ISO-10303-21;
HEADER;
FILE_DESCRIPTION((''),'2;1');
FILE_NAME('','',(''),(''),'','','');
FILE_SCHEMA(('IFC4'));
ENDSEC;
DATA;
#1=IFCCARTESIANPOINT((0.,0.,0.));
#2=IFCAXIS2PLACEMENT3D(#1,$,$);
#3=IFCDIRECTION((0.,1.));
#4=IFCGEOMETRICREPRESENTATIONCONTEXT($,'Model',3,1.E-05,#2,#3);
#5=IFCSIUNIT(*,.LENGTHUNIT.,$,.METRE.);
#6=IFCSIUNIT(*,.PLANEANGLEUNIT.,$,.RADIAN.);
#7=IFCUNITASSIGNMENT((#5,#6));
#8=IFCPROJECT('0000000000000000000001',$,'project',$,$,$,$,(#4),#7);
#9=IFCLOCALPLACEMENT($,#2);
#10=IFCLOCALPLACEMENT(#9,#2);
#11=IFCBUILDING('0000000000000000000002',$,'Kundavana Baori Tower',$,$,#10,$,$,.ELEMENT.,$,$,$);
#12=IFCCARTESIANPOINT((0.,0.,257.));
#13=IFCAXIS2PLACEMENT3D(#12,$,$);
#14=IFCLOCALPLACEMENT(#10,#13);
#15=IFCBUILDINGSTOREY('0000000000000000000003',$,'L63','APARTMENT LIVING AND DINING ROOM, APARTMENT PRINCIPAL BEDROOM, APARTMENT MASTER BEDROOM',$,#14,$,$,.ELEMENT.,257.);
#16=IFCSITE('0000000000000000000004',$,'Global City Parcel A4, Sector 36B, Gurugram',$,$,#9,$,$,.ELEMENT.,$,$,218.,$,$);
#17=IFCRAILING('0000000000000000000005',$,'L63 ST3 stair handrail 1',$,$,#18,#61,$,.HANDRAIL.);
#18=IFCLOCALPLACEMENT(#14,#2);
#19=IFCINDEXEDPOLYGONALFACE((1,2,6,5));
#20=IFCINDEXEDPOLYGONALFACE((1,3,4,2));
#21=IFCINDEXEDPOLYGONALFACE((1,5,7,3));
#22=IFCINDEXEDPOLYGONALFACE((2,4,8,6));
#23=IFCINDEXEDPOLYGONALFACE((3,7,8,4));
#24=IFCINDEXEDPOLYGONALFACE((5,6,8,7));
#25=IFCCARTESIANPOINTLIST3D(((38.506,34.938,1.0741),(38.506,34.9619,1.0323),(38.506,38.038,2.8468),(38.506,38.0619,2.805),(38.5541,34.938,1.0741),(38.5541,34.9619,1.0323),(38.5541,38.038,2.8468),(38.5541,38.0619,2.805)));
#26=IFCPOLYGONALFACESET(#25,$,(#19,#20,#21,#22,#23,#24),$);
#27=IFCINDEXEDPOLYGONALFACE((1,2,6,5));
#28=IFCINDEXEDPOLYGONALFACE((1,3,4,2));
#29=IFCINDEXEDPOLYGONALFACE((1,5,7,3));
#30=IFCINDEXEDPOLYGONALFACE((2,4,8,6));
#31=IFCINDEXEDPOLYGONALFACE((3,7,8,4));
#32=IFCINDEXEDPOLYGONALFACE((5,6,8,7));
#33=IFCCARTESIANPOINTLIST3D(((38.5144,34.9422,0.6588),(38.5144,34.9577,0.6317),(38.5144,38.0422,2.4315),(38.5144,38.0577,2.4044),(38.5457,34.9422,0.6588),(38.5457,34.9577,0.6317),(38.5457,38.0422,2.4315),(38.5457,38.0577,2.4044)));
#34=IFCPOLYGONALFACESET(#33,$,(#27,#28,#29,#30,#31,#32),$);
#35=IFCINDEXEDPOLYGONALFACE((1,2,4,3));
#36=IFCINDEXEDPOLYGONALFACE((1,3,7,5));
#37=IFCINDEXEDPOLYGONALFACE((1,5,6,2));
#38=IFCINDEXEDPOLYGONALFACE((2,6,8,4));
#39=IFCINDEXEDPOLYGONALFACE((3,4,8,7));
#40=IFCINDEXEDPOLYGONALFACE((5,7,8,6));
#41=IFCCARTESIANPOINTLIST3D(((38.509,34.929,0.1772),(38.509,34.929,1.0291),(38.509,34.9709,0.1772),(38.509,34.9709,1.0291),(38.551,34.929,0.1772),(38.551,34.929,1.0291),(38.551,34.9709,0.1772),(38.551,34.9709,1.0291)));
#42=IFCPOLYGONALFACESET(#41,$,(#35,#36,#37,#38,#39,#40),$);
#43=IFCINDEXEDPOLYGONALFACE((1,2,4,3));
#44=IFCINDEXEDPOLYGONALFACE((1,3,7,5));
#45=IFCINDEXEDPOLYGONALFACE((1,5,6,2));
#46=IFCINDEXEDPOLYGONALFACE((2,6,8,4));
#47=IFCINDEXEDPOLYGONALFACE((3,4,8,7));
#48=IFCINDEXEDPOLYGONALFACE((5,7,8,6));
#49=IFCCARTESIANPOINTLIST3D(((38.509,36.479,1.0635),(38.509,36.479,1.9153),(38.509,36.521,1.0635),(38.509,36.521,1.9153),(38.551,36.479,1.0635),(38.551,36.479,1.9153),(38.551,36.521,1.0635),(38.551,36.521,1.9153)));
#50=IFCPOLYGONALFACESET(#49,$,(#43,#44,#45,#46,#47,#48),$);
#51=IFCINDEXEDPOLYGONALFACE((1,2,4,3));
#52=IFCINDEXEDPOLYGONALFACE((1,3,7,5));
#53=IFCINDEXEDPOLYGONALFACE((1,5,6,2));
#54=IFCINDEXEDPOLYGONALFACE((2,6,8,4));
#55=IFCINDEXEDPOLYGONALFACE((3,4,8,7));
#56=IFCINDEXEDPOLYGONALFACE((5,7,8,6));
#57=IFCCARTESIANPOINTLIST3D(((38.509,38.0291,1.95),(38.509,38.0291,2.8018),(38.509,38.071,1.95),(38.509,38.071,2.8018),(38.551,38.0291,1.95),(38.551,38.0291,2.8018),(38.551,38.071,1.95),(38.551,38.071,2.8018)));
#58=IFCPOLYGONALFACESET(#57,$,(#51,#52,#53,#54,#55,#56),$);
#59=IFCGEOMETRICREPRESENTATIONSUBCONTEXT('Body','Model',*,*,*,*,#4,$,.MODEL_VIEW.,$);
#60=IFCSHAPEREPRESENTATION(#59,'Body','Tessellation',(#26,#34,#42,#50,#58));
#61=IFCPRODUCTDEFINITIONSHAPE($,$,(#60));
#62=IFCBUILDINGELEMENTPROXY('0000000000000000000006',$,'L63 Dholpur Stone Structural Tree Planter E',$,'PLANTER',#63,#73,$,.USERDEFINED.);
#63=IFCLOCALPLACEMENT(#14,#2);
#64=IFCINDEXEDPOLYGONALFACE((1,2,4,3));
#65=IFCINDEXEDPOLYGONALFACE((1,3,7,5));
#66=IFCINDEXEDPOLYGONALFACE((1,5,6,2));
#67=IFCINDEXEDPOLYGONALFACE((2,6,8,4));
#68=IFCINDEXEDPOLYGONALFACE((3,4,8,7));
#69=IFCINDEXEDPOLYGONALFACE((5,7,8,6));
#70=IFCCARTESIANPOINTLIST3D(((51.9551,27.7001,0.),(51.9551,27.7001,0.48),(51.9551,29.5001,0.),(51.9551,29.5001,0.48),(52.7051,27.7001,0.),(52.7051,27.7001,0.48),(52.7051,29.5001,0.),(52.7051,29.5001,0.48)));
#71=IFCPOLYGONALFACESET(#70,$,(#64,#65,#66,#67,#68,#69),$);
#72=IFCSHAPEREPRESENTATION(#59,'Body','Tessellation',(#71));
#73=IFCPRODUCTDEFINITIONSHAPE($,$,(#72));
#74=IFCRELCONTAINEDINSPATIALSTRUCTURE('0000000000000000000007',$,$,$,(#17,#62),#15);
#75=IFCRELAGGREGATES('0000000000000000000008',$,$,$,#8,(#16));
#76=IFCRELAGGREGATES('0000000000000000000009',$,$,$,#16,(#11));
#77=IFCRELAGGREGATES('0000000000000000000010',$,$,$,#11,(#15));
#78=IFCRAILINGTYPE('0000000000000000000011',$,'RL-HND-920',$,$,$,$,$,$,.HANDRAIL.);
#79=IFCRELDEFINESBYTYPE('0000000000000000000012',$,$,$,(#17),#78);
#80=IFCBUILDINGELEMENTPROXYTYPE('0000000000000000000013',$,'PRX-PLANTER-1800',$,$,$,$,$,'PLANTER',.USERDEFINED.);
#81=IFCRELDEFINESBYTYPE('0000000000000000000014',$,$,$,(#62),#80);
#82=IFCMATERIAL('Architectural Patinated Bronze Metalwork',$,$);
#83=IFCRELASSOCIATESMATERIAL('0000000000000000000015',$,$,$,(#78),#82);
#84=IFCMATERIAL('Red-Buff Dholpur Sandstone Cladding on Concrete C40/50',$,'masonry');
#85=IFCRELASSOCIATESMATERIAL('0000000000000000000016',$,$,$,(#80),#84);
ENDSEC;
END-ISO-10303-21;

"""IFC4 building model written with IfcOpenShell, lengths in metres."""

from ifc_helpers import new_model, si_unit, direction, frame, origin, origin_2d, place, context, subcontext, project, spatial, rectangle, extrude, material, type_object, element, save


model = new_model("IFC4")

# Units and contexts
model_context = context("Model", 3, precision=1e-05, world=origin(), true_north=direction((0.0, 1.0)))
body_context = subcontext(model_context, "Body", "Model", "MODEL_VIEW")
ifc_project = project(units=[si_unit("LENGTHUNIT", "METRE"), si_unit("PLANEANGLEUNIT", "RADIAN")], contexts=[model_context])

# Site, building, storey
site_placement = place(None, origin())
site = spatial("IfcSite", under=ifc_project, at=site_placement, Name="Global City Parcel A4, Sector 36B, Gurugram", CompositionType="ELEMENT", RefElevation=218.0)
building_placement = place(site_placement, origin())
building = spatial("IfcBuilding", under=site, at=building_placement, Name="Kundavana Baori Tower", CompositionType="ELEMENT")
storey_placement = place(building_placement, frame((0.0, 0.0, 257.0)))
storey = spatial("IfcBuildingStorey", under=building, at=storey_placement, Name="L63", Description="APARTMENT LIVING AND DINING ROOM, APARTMENT PRINCIPAL BEDROOM, APARTMENT MASTER BEDROOM", CompositionType="ELEMENT", Elevation=257.0)

# Railing
ifc_material_1 = material(Name="Architectural Patinated Bronze Metalwork")
railing_type_1 = type_object("IfcRailingType", Name="RL-HND-920", PredefinedType="HANDRAIL", material=ifc_material_1)
railing_1_placement = place(storey_placement, frame((38.53, 34.95, 0.1772)))
element("IfcRailing", 1, at=railing_1_placement, inside=storey, type_object=railing_type_1, Name="L63 ST3 stair handrail 1", PredefinedType="HANDRAIL", context=body_context, shape_type="SweptSolid", body=[
    extrude(rectangle(XDim=0.0481, YDim=0.0481, at=origin_2d()), frame((0.0, 0.0, 0.876), z_axis=(0.0, 0.868096, 0.496397), x_axis=(-1.0, 0.0, 0.0)), (0.0, 0.0, 1.0), 3.571),
    extrude(rectangle(XDim=0.0312, YDim=0.0312, at=origin_2d()), frame((0.0, 0.0, 0.468), z_axis=(0.0, 0.868096, 0.496397), x_axis=(-1.0, 0.0, 0.0)), (0.0, 0.0, 1.0), 3.571),
    extrude(rectangle(XDim=0.042, YDim=0.042, at=origin_2d()), origin(), (0.0, 0.0, 1.0), 0.8518),
    extrude(rectangle(XDim=0.042, YDim=0.042, at=origin_2d()), frame((0.0, 1.55, 0.8862)), (0.0, 0.0, 1.0), 0.8518),
    extrude(rectangle(XDim=0.042, YDim=0.042, at=origin_2d()), frame((0.0, 3.1001, 1.7727)), (0.0, 0.0, 1.0), 0.8518),
])

# Building element proxy
ifc_material_2 = material(Name="Red-Buff Dholpur Sandstone Cladding on Concrete C40/50", Category="masonry")
building_element_proxy_type = type_object("IfcBuildingElementProxyType", Name="PRX-PLANTER-1800", ElementType="PLANTER", PredefinedType="USERDEFINED", material=ifc_material_2)
proxy_placement = place(storey_placement, frame((52.3301, 28.6001, 0.0), z_axis=(0.0, 0.0, 1.0), x_axis=(0.0, 1.0, 0.0)))
element("IfcBuildingElementProxy", 2, at=proxy_placement, inside=storey, type_object=building_element_proxy_type, Name="L63 Dholpur Stone Structural Tree Planter E", ObjectType="PLANTER", PredefinedType="USERDEFINED", context=body_context, shape_type="SweptSolid", body=[
    extrude(rectangle(XDim=1.8, YDim=0.75, at=origin_2d()), origin(), (0.0, 0.0, 1.0), 0.48),
])

save(model, "model.ifc")
